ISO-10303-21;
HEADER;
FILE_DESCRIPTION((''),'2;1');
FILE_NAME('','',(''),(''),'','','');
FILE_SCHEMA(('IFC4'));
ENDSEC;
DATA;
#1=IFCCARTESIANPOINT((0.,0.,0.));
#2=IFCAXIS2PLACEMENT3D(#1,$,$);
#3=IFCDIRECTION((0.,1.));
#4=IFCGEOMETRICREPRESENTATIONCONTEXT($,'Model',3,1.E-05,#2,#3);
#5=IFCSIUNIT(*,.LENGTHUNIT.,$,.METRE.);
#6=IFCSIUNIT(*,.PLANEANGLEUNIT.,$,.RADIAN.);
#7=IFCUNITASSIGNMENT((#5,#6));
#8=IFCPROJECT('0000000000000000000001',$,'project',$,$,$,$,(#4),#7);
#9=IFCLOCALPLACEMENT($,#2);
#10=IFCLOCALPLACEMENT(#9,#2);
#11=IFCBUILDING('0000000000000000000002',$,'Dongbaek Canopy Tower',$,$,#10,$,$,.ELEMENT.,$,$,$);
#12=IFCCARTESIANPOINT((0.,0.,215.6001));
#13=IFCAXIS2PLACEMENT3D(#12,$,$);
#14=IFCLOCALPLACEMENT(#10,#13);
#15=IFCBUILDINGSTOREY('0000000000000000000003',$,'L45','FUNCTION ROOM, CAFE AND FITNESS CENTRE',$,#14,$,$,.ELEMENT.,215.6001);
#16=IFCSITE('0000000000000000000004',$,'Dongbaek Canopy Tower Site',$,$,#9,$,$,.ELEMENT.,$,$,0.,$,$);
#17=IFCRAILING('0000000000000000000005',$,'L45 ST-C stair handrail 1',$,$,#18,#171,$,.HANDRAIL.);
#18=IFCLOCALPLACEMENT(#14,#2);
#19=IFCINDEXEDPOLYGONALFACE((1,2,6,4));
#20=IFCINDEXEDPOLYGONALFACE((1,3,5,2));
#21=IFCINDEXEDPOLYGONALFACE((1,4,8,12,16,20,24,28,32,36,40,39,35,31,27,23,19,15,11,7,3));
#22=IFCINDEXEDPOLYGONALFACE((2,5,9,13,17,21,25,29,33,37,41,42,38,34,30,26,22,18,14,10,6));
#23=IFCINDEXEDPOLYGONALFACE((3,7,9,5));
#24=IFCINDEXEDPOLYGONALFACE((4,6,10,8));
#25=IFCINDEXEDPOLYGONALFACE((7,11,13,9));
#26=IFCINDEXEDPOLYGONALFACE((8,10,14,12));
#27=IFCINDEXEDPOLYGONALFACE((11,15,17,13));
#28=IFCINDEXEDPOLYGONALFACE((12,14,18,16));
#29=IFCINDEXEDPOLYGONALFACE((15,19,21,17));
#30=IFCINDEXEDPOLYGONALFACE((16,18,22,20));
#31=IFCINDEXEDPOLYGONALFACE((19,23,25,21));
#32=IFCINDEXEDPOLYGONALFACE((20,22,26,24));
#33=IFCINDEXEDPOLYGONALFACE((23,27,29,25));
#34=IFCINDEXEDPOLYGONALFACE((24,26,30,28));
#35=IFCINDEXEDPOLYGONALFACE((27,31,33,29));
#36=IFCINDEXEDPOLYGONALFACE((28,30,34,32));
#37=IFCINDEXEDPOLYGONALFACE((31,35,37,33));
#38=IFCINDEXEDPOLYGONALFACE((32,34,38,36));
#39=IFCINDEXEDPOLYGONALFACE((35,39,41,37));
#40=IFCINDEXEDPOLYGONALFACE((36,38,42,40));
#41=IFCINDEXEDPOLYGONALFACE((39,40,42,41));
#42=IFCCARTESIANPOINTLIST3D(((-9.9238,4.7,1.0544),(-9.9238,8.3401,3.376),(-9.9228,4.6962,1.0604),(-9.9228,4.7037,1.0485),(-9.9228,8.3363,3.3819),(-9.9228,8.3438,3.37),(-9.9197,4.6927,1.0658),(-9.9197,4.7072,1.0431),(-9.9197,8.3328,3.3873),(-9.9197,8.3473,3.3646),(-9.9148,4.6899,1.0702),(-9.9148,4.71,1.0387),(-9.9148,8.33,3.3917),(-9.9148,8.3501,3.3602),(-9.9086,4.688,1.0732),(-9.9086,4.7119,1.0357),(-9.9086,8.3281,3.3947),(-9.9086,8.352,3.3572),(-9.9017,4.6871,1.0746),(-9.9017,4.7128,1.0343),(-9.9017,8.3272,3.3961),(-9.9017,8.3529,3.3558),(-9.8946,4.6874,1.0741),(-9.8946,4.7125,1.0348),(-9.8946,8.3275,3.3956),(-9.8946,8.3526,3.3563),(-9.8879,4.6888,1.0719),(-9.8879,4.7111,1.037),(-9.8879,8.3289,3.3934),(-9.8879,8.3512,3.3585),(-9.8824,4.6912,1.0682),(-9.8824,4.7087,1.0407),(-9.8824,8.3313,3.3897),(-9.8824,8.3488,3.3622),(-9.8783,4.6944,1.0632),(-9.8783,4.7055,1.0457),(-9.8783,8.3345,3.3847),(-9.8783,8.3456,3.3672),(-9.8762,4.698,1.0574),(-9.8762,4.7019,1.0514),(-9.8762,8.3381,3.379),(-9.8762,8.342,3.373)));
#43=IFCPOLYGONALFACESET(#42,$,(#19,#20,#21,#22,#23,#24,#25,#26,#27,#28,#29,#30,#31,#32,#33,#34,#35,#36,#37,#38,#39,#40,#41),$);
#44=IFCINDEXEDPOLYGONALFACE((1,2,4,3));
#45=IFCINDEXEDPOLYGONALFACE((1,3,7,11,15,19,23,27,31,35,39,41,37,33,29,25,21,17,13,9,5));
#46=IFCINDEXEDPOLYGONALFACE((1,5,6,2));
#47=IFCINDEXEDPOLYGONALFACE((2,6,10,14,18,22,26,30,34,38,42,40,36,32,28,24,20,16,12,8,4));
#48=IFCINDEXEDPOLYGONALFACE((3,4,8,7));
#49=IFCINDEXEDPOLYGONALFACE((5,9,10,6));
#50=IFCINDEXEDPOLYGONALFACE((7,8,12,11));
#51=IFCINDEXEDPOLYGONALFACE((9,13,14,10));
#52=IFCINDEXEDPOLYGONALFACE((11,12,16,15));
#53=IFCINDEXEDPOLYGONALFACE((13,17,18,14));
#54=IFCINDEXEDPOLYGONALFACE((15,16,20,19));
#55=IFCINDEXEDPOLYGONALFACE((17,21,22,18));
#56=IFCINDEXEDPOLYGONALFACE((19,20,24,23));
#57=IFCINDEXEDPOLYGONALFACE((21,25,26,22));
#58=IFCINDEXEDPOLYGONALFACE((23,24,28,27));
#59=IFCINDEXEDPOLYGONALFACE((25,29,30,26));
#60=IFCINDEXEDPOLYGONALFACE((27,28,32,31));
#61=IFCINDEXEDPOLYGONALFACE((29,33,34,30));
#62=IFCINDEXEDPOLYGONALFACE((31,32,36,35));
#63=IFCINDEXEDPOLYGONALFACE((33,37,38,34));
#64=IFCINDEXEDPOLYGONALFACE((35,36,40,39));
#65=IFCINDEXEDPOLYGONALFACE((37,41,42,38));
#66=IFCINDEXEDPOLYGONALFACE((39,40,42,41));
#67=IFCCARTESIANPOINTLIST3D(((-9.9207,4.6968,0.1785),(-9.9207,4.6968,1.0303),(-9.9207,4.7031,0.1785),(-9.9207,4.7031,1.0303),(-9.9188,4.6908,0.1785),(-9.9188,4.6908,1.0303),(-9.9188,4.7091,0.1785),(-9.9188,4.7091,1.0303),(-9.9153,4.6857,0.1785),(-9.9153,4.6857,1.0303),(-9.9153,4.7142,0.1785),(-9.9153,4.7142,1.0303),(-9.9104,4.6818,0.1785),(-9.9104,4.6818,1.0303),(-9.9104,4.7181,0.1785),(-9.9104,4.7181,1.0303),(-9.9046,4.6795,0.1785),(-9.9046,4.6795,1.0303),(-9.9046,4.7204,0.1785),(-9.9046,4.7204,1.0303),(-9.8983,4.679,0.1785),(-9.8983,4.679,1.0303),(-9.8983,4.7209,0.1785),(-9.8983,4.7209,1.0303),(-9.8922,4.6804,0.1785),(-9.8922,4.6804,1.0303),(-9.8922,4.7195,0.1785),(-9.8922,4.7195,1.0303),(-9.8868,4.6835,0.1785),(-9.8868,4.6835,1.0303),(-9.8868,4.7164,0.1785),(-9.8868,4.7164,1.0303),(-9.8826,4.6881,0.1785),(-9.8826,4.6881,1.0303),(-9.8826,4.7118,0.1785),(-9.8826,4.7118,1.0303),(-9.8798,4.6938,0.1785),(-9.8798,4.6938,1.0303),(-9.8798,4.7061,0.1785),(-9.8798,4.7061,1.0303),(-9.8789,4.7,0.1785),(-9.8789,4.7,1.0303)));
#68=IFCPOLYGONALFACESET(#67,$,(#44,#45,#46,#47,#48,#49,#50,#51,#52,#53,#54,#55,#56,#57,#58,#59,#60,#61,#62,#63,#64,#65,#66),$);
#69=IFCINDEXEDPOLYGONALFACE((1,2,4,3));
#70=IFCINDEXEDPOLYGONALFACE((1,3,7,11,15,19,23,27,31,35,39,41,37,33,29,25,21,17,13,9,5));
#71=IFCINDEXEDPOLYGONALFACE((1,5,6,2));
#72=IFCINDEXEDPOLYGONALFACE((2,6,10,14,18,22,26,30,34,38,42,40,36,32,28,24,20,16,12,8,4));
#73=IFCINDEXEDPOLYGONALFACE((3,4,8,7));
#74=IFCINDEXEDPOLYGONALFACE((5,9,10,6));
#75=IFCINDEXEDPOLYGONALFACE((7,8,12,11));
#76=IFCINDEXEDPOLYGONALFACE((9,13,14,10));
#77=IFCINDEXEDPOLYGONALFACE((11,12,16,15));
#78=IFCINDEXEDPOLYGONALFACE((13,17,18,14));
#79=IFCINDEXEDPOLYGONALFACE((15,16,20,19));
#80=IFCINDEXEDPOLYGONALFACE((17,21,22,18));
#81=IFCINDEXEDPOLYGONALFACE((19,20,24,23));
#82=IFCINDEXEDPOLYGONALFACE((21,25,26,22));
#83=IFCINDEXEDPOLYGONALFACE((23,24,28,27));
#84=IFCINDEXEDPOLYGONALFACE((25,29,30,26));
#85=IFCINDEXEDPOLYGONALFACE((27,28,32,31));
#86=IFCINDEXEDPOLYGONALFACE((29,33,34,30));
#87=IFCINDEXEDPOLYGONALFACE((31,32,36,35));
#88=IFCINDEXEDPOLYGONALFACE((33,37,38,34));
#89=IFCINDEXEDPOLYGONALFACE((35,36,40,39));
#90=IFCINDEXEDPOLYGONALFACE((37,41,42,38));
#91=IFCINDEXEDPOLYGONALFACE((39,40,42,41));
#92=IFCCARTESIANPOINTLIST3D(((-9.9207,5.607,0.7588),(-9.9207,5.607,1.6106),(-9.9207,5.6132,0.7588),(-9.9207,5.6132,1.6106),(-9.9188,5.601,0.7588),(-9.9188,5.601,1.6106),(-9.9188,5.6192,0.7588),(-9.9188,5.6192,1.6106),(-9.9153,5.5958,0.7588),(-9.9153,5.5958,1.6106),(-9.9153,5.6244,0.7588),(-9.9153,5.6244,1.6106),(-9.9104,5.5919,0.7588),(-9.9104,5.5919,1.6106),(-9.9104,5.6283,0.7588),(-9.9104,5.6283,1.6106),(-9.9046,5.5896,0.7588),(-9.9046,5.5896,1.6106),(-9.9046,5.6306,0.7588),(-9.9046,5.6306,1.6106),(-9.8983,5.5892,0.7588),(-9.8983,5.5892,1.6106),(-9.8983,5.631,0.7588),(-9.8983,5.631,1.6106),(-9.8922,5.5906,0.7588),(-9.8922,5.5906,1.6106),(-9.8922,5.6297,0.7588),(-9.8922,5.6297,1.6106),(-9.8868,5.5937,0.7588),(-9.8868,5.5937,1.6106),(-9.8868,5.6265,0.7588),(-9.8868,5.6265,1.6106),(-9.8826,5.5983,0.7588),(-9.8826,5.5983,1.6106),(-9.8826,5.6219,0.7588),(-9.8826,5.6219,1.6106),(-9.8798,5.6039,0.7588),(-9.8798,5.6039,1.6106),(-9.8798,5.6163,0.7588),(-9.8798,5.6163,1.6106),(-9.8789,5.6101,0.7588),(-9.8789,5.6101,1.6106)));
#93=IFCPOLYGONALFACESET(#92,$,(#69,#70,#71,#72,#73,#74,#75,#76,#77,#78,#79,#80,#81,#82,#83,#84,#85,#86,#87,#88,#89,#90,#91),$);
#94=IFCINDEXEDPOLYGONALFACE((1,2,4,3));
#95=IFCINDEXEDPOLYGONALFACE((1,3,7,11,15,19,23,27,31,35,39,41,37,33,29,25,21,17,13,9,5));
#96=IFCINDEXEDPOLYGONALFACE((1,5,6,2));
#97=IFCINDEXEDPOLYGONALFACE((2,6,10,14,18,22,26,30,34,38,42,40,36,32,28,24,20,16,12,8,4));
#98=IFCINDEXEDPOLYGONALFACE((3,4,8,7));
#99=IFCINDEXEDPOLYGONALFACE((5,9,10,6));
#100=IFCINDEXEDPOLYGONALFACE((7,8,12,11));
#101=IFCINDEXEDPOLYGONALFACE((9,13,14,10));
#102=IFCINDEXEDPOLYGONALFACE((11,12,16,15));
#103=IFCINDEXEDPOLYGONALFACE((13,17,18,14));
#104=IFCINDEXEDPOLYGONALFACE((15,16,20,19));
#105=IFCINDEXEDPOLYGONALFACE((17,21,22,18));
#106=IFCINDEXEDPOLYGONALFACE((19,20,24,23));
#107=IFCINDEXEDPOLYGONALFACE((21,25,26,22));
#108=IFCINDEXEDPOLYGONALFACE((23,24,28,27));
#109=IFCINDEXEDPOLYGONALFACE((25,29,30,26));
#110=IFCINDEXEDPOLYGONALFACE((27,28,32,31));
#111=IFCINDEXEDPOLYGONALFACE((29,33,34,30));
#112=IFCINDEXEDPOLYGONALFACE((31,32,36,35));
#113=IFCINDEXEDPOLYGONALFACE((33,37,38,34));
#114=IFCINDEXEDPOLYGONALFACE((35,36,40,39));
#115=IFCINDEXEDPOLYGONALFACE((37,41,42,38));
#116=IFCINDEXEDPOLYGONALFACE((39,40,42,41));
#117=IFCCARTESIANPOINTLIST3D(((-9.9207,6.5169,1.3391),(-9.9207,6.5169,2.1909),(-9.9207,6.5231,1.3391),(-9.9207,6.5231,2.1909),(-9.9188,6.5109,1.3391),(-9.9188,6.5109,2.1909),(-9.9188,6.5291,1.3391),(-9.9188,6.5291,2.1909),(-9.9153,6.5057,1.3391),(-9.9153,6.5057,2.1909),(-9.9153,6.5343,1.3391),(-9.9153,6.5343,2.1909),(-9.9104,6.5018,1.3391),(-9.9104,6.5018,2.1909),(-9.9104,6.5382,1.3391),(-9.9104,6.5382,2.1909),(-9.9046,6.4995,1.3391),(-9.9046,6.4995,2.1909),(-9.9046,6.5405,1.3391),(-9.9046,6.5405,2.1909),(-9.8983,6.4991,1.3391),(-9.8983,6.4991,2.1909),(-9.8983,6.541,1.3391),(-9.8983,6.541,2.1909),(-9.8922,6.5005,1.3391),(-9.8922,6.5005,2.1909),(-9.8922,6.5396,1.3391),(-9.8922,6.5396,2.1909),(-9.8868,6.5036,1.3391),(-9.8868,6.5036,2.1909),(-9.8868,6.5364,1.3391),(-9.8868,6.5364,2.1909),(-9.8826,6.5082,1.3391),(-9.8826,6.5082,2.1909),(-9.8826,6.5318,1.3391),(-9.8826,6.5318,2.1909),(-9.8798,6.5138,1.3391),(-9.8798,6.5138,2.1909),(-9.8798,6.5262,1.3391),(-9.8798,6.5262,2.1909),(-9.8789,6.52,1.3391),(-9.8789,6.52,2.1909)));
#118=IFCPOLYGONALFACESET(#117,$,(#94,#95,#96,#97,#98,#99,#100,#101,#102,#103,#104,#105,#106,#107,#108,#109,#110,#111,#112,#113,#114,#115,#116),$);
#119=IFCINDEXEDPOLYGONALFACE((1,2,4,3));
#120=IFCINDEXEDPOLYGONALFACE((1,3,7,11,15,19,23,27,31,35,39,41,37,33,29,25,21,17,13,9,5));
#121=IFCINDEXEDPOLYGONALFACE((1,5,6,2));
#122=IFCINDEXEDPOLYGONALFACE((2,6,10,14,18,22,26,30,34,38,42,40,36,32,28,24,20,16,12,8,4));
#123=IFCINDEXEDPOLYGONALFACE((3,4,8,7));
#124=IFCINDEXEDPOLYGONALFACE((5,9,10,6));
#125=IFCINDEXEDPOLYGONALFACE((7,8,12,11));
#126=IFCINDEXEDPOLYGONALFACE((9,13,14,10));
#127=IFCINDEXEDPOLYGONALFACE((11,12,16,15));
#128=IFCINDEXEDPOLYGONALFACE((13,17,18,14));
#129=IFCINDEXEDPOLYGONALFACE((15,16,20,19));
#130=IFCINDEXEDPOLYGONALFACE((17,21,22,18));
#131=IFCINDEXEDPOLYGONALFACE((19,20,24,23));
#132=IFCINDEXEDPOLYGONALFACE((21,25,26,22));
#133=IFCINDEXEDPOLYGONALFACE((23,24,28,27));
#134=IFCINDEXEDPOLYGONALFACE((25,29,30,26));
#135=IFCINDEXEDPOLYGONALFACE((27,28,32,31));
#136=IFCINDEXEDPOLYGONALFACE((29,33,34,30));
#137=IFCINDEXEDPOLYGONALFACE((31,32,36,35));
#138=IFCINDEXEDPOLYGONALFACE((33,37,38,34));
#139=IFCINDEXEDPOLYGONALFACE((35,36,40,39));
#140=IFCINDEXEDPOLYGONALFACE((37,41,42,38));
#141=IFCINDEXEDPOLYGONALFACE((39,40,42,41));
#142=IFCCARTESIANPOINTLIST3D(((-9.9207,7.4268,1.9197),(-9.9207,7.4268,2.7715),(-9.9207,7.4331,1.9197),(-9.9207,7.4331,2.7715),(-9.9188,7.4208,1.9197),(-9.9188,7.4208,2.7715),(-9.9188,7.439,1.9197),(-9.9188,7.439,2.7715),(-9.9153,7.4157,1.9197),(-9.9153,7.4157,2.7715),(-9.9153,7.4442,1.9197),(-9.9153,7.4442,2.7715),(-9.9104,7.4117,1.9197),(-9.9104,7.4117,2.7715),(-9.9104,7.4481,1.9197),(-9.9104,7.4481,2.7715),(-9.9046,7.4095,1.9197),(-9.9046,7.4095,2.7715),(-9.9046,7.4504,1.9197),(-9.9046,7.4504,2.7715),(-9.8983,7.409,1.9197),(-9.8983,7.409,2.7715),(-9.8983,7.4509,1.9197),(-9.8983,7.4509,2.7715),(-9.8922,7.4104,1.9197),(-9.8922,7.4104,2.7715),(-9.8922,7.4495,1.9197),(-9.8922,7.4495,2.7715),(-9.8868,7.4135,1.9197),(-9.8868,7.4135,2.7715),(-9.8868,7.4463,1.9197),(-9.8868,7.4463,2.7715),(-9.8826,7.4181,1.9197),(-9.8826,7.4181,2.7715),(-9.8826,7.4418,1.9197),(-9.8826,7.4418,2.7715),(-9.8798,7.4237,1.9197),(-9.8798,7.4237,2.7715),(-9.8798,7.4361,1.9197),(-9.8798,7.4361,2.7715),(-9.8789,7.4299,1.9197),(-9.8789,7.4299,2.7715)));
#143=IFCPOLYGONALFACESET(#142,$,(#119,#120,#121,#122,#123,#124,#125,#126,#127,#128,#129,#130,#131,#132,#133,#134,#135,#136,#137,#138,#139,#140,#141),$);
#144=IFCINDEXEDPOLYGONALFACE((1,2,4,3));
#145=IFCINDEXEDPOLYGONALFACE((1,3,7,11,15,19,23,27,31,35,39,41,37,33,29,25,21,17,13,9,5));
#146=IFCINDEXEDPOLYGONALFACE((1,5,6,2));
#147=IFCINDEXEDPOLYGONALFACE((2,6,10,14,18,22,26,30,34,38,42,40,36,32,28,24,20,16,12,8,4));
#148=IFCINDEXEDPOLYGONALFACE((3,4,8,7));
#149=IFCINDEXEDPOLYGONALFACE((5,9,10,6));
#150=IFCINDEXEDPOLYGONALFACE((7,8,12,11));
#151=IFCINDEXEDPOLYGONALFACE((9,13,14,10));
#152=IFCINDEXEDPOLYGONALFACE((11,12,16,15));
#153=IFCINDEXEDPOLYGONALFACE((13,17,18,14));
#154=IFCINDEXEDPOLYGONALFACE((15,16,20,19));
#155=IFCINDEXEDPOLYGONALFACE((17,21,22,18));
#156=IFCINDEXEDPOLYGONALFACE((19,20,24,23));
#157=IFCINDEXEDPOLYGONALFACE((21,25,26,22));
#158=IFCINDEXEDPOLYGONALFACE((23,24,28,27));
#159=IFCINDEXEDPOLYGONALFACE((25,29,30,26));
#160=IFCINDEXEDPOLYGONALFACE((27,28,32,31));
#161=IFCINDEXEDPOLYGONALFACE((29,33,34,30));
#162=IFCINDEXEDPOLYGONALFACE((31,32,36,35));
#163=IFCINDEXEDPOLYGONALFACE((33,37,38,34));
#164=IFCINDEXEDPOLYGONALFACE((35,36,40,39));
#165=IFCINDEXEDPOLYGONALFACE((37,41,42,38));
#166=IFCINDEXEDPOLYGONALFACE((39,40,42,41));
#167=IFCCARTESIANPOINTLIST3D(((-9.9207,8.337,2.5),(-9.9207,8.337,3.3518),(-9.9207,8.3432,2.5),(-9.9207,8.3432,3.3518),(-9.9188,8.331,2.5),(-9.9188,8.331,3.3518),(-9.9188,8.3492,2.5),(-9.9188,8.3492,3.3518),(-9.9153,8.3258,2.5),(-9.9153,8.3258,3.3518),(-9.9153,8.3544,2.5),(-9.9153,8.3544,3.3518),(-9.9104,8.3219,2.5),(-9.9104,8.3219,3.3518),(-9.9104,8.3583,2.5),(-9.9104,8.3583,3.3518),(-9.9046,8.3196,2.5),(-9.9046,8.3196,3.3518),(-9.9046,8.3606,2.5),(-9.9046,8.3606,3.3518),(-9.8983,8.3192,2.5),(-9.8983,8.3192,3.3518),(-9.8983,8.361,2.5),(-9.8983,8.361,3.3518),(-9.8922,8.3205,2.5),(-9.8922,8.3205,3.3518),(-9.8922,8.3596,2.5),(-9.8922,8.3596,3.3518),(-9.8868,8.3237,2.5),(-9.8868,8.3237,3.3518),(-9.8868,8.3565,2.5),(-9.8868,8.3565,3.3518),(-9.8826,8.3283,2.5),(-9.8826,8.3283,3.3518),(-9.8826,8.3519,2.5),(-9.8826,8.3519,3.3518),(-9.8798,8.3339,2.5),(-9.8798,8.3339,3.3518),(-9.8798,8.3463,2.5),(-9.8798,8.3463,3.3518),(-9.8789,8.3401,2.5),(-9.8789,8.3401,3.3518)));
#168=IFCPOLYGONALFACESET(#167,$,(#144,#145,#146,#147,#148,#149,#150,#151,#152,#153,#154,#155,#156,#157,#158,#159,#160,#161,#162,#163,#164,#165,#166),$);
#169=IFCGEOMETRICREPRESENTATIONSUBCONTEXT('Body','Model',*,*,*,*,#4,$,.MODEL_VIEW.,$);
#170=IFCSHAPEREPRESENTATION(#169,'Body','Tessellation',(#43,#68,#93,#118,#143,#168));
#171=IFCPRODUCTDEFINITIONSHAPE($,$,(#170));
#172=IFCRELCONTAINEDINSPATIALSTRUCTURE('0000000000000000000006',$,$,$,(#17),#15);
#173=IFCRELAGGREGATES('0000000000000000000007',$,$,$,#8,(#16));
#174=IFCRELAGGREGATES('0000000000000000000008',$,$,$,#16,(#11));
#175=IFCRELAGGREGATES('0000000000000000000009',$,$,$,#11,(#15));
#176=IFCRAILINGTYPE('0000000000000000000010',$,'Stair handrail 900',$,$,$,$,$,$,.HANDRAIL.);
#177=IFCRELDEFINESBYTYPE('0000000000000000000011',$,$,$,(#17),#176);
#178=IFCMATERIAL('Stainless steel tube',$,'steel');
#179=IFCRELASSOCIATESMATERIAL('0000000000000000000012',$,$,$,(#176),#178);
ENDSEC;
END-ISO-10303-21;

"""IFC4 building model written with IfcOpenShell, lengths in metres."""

from ifc_helpers import new_model, si_unit, direction, frame, origin, origin_2d, place, context, subcontext, project, spatial, circle, extrude, material, type_object, element, save


model = new_model("IFC4")

# Units and contexts
model_context = context("Model", 3, precision=1e-05, world=origin(), true_north=direction((0.0, 1.0)))
body_context = subcontext(model_context, "Body", "Model", "MODEL_VIEW")
ifc_project = project(units=[si_unit("LENGTHUNIT", "METRE"), si_unit("PLANEANGLEUNIT", "RADIAN")], contexts=[model_context])

# Site, building, storey
site_placement = place(None, origin())
site = spatial("IfcSite", under=ifc_project, at=site_placement, Name="Dongbaek Canopy Tower Site", CompositionType="ELEMENT", RefElevation=0.0)
building_placement = place(site_placement, origin())
building = spatial("IfcBuilding", under=site, at=building_placement, Name="Dongbaek Canopy Tower", CompositionType="ELEMENT")
storey_placement = place(building_placement, frame((0.0, 0.0, 215.6001)))
storey = spatial("IfcBuildingStorey", under=building, at=storey_placement, Name="L45", Description="FUNCTION ROOM, CAFE AND FITNESS CENTRE", CompositionType="ELEMENT", Elevation=215.6001)

# Railing
ifc_material_1 = material(Name="Stainless steel tube", Category="steel")
railing_type_1 = type_object("IfcRailingType", Name="Stair handrail 900", PredefinedType="HANDRAIL", material=ifc_material_1)
railing_1_placement = place(storey_placement, frame((-9.8999, 4.7, 0.1785)))
element("IfcRailing", 1, at=railing_1_placement, inside=storey, type_object=railing_type_1, Name="L45 ST-C stair handrail 1", PredefinedType="HANDRAIL", context=body_context, shape_type="SweptSolid", body=[
    extrude(circle(Radius=0.0239, at=origin_2d()), frame((0.0, 0.0, 0.876), z_axis=(0.0, 0.843128, 0.537713), x_axis=(-1.0, 0.0, 0.0)), (0.0, 0.0, 1.0), 4.3174),
    extrude(circle(Radius=0.021, at=origin_2d()), origin(), (0.0, 0.0, 1.0), 0.8518),
    extrude(circle(Radius=0.021, at=origin_2d()), frame((0.0, 0.9102, 0.5803)), (0.0, 0.0, 1.0), 0.8518),
    extrude(circle(Radius=0.021, at=origin_2d()), frame((0.0, 1.8201, 1.1606)), (0.0, 0.0, 1.0), 0.8518),
    extrude(circle(Radius=0.021, at=origin_2d()), frame((0.0, 2.73, 1.7412)), (0.0, 0.0, 1.0), 0.8518),
    extrude(circle(Radius=0.021, at=origin_2d()), frame((0.0, 3.6401, 2.3215)), (0.0, 0.0, 1.0), 0.8518),
])

save(model, "model.ifc")
